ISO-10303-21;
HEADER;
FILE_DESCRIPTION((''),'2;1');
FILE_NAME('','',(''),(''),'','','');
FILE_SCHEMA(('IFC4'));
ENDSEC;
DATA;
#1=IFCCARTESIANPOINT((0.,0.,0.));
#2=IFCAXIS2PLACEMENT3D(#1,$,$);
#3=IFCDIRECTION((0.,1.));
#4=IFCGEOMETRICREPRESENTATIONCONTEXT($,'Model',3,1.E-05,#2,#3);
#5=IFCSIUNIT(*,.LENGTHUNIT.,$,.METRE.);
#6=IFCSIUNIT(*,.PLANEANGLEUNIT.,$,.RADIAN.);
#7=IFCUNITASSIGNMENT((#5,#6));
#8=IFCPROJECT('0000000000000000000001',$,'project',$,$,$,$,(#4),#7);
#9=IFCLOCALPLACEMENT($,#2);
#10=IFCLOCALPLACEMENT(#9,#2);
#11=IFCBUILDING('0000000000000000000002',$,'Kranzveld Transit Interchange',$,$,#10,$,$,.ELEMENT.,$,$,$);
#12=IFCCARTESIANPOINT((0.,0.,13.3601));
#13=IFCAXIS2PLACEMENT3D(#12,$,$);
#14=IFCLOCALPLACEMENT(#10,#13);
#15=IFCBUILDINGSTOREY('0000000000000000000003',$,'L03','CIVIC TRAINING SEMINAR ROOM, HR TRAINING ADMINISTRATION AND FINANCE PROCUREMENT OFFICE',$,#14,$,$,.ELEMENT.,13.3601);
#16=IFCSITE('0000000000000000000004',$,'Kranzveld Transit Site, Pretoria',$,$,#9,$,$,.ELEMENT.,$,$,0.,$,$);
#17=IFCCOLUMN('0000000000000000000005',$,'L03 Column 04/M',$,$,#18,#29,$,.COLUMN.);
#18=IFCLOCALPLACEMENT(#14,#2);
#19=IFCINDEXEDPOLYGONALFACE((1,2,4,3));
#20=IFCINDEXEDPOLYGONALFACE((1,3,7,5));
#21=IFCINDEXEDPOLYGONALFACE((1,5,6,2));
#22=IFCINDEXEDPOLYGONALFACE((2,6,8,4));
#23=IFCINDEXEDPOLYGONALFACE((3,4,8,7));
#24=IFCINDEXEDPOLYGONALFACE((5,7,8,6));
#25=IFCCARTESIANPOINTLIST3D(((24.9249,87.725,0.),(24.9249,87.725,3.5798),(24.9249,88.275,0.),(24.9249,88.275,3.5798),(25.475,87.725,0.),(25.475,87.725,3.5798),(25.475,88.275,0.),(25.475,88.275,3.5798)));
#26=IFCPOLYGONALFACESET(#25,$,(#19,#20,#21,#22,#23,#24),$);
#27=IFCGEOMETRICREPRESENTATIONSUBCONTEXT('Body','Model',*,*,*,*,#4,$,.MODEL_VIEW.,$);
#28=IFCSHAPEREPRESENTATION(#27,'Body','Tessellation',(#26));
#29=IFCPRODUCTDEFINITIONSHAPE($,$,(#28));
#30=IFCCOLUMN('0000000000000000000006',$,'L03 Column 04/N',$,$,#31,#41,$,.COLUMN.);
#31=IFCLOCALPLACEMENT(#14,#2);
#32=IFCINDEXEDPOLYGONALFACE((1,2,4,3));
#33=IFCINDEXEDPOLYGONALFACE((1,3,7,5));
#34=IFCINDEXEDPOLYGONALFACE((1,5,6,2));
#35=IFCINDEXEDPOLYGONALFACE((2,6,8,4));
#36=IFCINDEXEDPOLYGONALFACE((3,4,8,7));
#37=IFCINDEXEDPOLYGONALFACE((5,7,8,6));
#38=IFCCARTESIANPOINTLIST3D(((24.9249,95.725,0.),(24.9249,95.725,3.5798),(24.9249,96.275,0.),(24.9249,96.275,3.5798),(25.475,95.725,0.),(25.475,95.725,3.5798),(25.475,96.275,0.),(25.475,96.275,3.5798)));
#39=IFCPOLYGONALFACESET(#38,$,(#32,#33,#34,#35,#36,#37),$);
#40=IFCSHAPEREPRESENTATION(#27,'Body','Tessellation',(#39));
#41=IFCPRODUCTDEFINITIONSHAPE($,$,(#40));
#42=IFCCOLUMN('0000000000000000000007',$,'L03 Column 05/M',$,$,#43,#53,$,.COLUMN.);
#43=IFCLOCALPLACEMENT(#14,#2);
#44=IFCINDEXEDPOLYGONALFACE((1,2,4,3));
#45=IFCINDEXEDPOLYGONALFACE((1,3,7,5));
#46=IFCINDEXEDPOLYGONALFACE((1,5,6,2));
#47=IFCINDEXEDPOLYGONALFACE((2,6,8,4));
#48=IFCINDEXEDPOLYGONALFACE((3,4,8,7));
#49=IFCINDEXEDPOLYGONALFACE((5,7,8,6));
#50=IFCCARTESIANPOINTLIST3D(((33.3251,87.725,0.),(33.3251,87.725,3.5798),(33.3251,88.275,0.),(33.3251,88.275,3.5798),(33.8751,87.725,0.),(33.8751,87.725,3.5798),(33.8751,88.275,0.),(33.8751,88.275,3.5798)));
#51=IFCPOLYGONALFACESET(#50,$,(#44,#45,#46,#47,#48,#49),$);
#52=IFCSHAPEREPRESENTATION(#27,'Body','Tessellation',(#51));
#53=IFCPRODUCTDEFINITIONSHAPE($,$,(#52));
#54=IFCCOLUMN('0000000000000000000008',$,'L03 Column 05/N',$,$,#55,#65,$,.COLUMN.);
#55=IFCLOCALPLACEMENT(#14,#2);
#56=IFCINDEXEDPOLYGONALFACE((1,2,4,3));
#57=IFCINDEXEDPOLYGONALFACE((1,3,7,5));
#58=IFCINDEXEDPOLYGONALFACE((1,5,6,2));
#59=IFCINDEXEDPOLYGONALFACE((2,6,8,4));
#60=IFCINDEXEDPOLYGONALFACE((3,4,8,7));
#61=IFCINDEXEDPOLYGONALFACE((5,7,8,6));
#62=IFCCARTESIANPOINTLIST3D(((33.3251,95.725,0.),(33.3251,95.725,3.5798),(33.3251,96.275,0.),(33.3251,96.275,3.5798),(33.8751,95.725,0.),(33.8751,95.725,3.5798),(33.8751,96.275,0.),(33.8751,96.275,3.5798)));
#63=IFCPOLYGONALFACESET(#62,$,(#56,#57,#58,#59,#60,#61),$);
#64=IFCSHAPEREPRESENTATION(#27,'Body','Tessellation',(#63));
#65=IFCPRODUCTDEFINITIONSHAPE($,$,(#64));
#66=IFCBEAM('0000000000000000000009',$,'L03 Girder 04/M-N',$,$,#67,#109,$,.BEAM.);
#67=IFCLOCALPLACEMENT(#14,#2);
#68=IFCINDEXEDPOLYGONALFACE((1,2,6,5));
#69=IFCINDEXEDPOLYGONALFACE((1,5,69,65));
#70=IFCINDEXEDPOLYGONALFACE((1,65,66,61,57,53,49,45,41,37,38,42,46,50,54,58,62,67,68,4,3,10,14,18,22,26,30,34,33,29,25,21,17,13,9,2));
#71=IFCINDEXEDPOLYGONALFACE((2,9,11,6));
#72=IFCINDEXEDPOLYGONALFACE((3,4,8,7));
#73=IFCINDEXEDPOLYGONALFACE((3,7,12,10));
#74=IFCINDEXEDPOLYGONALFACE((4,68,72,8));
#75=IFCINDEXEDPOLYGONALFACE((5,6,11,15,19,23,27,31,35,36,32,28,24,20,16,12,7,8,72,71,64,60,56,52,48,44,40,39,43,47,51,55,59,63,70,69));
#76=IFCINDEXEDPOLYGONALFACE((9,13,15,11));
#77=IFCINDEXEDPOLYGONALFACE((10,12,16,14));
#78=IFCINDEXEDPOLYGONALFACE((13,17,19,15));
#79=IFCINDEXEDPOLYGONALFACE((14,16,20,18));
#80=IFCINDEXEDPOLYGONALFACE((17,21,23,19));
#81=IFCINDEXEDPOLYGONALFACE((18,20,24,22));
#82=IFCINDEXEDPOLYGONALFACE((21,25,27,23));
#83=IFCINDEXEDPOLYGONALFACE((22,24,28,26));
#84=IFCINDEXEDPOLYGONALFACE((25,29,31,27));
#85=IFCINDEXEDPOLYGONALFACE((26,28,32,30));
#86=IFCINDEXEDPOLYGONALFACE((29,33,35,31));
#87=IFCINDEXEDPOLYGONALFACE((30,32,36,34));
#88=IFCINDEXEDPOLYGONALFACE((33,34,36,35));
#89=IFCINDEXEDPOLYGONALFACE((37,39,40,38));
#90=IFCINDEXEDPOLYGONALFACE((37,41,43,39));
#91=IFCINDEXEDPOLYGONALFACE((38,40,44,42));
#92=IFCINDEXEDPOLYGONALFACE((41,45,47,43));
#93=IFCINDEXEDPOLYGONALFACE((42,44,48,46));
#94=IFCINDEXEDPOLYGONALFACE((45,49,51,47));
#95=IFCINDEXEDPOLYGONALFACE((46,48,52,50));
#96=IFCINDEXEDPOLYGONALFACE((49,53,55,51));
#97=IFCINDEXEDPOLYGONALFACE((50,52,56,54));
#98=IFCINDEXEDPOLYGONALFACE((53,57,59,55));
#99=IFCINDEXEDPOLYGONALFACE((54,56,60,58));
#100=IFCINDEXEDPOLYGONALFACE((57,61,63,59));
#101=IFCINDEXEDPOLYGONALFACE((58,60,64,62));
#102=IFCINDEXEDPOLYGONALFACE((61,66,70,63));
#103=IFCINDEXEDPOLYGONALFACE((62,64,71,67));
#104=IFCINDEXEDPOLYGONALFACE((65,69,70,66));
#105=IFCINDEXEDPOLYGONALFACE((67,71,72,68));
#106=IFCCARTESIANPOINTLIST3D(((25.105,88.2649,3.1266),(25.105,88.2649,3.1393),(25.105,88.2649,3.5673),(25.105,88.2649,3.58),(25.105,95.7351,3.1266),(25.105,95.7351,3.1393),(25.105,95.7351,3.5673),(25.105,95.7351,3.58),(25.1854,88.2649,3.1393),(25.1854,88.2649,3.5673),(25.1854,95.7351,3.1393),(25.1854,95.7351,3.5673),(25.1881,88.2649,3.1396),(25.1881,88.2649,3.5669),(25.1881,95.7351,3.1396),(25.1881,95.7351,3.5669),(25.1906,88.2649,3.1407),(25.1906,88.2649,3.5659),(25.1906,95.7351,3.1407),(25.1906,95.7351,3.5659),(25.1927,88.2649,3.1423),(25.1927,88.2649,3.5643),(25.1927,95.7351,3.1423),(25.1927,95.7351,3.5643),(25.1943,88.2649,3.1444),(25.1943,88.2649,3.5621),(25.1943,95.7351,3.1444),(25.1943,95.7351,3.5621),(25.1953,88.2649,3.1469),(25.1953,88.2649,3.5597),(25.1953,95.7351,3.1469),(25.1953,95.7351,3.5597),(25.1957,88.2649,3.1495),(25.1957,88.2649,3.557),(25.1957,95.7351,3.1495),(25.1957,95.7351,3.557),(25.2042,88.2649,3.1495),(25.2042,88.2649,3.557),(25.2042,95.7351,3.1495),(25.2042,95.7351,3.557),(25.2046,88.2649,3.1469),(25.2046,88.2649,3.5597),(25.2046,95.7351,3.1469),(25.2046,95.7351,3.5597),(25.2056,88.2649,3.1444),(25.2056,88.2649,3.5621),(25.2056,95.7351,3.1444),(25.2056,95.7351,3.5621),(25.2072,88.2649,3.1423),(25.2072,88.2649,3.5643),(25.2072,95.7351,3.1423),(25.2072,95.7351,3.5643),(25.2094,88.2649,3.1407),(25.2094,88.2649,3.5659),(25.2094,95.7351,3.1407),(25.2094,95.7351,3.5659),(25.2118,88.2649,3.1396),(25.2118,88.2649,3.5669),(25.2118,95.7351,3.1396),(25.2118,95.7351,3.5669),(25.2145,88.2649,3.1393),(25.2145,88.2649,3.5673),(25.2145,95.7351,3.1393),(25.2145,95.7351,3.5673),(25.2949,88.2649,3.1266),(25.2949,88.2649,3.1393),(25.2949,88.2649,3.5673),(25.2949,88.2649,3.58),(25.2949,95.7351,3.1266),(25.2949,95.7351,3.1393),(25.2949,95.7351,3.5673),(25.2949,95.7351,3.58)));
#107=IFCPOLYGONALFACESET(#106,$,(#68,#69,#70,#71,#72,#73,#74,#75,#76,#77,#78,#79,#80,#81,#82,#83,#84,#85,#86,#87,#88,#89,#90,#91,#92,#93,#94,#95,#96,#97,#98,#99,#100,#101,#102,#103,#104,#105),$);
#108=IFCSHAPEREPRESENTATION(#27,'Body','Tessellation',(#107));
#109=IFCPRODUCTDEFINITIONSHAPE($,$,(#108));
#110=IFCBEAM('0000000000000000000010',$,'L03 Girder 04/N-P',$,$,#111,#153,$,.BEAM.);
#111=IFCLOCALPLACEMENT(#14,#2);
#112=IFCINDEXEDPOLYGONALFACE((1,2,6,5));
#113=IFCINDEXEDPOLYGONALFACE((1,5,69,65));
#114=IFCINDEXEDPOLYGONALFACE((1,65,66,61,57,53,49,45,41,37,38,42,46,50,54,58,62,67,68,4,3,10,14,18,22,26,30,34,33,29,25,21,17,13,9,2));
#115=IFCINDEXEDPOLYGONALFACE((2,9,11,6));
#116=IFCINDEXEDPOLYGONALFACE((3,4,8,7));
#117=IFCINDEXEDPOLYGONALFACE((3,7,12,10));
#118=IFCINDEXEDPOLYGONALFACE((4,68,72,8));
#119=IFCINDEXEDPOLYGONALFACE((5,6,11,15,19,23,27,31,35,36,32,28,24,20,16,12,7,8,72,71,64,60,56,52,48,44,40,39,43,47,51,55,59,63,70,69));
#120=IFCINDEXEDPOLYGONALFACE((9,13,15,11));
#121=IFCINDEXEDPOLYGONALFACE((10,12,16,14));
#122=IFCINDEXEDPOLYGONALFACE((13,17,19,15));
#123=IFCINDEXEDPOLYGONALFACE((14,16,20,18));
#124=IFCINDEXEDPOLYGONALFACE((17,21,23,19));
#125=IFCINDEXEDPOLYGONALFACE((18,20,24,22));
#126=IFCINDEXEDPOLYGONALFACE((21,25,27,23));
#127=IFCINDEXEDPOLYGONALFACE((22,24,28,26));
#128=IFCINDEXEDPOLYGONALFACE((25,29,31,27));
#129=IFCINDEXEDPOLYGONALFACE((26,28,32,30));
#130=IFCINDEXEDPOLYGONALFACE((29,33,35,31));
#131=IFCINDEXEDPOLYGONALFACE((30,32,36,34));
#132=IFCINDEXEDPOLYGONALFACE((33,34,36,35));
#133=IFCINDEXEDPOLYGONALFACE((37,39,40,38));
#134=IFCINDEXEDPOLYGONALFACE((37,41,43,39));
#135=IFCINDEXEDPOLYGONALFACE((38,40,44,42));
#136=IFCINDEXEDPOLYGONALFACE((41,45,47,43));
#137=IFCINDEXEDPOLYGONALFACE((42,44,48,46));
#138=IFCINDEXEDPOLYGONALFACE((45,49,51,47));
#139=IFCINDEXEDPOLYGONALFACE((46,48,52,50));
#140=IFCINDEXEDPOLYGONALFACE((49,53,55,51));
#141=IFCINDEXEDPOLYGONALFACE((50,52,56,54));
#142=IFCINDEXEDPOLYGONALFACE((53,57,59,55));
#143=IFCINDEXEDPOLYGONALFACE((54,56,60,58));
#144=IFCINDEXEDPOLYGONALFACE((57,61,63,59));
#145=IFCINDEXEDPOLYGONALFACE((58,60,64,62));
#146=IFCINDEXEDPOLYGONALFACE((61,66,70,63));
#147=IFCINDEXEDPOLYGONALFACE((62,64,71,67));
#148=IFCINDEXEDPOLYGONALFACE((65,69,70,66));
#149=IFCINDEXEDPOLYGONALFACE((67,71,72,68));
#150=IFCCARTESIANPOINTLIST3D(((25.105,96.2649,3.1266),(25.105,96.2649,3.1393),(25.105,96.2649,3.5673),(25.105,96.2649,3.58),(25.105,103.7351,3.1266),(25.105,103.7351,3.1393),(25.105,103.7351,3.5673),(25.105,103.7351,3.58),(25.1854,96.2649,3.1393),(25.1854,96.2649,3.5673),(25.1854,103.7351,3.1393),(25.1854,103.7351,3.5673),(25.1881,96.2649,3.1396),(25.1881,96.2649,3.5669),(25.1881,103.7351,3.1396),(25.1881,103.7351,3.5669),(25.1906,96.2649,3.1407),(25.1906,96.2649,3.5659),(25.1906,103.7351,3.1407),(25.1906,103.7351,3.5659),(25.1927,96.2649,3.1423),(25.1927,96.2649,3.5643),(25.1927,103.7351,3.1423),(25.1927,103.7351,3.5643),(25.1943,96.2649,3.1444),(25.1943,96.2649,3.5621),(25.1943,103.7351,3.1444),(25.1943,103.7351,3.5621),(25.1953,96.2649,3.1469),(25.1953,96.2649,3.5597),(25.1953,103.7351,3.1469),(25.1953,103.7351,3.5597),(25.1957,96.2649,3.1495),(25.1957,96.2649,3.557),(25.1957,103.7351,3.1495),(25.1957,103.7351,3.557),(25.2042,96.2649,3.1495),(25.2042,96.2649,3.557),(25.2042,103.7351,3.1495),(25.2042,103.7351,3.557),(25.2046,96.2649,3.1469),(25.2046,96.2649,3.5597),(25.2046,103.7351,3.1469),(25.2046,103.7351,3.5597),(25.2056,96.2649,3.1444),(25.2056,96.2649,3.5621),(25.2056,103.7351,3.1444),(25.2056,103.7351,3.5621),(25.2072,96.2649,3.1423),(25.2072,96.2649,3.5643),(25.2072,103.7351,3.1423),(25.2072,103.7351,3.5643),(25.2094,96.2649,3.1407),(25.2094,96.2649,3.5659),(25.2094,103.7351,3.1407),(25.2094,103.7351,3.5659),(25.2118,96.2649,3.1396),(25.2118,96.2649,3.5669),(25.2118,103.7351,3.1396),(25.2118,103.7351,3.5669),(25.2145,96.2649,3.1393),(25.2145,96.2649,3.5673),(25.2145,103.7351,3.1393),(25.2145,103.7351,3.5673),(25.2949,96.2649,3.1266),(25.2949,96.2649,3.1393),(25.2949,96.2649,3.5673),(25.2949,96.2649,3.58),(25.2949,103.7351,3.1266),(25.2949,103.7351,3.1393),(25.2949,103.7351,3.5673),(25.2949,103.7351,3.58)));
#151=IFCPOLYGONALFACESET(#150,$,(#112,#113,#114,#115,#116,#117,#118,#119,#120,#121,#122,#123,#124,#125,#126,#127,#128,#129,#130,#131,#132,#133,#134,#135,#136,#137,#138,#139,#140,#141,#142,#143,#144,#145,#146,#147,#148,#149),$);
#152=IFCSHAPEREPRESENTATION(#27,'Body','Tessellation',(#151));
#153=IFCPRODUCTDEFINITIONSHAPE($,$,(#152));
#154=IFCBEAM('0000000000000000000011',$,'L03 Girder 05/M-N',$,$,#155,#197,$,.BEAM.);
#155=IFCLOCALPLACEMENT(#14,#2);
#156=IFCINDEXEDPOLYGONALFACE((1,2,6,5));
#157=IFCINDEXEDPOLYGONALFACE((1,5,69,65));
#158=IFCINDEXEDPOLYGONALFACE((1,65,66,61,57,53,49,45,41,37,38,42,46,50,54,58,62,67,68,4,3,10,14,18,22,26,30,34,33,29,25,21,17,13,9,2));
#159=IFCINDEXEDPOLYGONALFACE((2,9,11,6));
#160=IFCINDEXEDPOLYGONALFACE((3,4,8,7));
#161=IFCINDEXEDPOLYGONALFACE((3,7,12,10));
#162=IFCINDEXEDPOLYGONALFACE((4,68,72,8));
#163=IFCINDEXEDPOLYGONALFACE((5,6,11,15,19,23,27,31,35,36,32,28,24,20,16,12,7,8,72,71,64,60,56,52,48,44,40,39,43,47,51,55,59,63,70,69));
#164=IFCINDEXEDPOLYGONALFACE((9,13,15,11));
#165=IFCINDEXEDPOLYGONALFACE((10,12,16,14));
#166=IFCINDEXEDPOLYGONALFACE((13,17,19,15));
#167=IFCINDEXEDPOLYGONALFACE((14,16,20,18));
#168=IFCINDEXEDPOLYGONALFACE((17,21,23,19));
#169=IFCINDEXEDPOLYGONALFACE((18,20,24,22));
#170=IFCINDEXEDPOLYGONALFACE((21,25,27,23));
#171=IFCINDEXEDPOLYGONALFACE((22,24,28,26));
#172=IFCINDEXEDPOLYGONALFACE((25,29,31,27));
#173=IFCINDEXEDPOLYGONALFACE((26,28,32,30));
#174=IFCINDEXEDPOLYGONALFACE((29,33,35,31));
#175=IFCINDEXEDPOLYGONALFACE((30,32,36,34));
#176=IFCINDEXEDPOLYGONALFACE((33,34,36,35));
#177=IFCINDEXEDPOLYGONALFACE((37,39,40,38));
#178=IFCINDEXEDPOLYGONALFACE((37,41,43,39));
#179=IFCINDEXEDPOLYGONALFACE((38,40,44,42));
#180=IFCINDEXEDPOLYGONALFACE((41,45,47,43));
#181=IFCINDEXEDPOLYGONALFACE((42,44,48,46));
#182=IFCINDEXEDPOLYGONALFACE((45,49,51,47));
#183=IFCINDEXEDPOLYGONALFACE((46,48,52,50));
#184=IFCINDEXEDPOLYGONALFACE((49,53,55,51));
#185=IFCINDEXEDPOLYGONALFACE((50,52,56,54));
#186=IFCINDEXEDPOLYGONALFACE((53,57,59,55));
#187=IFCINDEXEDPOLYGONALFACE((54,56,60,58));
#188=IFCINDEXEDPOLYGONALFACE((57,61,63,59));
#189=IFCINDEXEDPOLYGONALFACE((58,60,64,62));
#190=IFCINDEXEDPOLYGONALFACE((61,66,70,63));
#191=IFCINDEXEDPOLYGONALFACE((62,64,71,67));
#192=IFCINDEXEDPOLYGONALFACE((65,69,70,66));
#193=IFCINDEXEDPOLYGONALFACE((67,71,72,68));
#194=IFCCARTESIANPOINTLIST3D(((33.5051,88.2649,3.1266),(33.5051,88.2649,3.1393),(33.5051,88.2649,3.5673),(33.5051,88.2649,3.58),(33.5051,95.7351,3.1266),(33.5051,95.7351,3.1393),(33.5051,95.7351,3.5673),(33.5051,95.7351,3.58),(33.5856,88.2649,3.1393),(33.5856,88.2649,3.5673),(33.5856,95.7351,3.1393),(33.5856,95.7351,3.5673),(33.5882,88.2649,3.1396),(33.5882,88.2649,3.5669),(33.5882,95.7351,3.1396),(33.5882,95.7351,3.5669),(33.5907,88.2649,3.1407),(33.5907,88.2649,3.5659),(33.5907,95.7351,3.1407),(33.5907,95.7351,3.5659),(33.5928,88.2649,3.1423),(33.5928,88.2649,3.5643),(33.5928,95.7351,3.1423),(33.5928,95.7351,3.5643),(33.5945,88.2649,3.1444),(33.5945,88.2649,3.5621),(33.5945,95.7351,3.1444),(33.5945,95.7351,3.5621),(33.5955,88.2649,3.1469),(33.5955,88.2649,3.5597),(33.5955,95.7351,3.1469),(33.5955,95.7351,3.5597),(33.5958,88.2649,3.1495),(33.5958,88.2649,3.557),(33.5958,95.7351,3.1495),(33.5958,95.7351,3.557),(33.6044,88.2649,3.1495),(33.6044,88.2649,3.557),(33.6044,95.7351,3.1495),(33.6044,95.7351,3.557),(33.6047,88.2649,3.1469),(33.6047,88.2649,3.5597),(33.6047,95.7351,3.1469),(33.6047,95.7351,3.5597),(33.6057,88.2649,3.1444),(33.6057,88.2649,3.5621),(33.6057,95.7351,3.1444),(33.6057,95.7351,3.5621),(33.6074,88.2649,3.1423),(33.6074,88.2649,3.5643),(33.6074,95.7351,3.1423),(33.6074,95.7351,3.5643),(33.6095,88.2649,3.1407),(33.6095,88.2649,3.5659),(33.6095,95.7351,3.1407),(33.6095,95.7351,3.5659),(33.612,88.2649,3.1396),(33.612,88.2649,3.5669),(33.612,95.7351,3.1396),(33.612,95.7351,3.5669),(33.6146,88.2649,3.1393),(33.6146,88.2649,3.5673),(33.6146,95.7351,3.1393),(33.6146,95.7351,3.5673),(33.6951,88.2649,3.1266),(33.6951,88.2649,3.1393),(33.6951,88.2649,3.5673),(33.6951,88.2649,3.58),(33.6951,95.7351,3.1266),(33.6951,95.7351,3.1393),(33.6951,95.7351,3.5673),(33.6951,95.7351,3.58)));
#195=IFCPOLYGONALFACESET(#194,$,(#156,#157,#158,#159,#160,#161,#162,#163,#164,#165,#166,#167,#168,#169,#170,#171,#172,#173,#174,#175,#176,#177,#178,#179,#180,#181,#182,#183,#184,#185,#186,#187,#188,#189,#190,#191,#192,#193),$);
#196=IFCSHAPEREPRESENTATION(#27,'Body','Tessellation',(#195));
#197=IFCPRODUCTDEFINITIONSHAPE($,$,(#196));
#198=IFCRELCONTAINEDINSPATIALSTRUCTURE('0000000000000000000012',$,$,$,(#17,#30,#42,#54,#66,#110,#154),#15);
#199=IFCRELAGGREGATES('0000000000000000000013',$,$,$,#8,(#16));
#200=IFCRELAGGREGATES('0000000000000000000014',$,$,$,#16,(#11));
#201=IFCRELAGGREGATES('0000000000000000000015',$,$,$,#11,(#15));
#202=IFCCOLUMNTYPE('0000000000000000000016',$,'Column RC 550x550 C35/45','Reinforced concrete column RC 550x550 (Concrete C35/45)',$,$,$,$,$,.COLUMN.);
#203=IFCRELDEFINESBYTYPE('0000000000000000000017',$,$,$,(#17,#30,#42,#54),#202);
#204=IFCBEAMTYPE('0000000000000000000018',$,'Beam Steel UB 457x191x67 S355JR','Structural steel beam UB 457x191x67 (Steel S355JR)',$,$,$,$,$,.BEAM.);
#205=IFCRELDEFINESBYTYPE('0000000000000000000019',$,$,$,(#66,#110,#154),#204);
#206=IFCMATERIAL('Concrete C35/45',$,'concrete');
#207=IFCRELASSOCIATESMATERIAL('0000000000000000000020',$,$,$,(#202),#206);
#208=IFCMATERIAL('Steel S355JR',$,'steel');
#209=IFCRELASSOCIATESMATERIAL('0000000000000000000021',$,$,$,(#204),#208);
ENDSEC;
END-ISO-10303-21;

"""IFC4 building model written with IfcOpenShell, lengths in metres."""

from ifc_helpers import new_model, si_unit, direction, frame, origin, origin_2d, place, context, subcontext, project, spatial, rectangle, i_section, extrude, material, material_profile, profile_set, type_object, element, save


model = new_model("IFC4")

# Units and contexts
model_context = context("Model", 3, precision=1e-05, world=origin(), true_north=direction((0.0, 1.0)))
body_context = subcontext(model_context, "Body", "Model", "MODEL_VIEW")
ifc_project = project(units=[si_unit("LENGTHUNIT", "METRE"), si_unit("PLANEANGLEUNIT", "RADIAN")], contexts=[model_context])

# Site, building, storey
site_placement = place(None, origin())
site = spatial("IfcSite", under=ifc_project, at=site_placement, Name="Kranzveld Transit Site, Pretoria", CompositionType="ELEMENT", RefElevation=0.0)
building_placement = place(site_placement, origin())
building = spatial("IfcBuilding", under=site, at=building_placement, Name="Kranzveld Transit Interchange", CompositionType="ELEMENT")
storey_placement = place(building_placement, frame((0.0, 0.0, 13.3601)))
storey = spatial("IfcBuildingStorey", under=building, at=storey_placement, Name="L03", Description="CIVIC TRAINING SEMINAR ROOM, HR TRAINING ADMINISTRATION AND FINANCE PROCUREMENT OFFICE", CompositionType="ELEMENT", Elevation=13.3601)

# Columns
ifc_material_1 = material(Name="Concrete C35/45", Category="concrete")
ifc_material_profile_1 = material_profile(ifc_material_1, rectangle(XDim=0.55, YDim=0.55, at=origin_2d()), Name="RC 550x550")
ifc_profile_set_1 = profile_set([ifc_material_profile_1], Name="Concrete C35/45")
column_type = type_object("IfcColumnType", Name="Column RC 550x550 C35/45", Description="Reinforced concrete column RC 550x550 (Concrete C35/45)", PredefinedType="COLUMN", material=ifc_profile_set_1)
for number, where, z_axis, x_axis, name in (
    (1, (25.2, 88.0, 0.0), (0.0, 0.0, 1.0), (1.0, 0.0, 0.0), "L03 Column 04/M"),
    (2, (25.2, 96.0, 0.0), (0.0, 0.0, 1.0), (1.0, 0.0, 0.0), "L03 Column 04/N"),
    (3, (33.6001, 88.0, 0.0), (0.0, 0.0, 1.0), (1.0, 0.0, 0.0), "L03 Column 05/M"),
    (4, (33.6001, 96.0, 0.0), (0.0, 0.0, 1.0), (1.0, 0.0, 0.0), "L03 Column 05/N"),
):
    element("IfcColumn", number, at=place(storey_placement, frame(where, z_axis=z_axis, x_axis=x_axis)), inside=storey, type_object=column_type, Name=name, PredefinedType="COLUMN", context=body_context, shape_type="SweptSolid", body=[
        extrude(rectangle(XDim=0.55, YDim=0.55, at=origin_2d()), origin(), (0.0, 0.0, 1.0), 3.5798),
    ])

# Beams
ifc_material_2 = material(Name="Steel S355JR", Category="steel")
ifc_material_profile_2 = material_profile(ifc_material_2, i_section(OverallWidth=0.1899, OverallDepth=0.4534, WebThickness=0.0085, FlangeThickness=0.0127, FilletRadius=0.0103, at=origin_2d()), Name="UB 457x191x67")
ifc_profile_set_2 = profile_set([ifc_material_profile_2], Name="Steel S355JR")
beam_type_1 = type_object("IfcBeamType", Name="Beam Steel UB 457x191x67 S355JR", Description="Structural steel beam UB 457x191x67 (Steel S355JR)", PredefinedType="BEAM", material=ifc_profile_set_2)
for number, where, z_axis, x_axis, name in (
    (5, (25.2, 88.2649, 3.3533), (0.0, 1.0, 0.0), (-1.0, 0.0, 0.0), "L03 Girder 04/M-N"),
    (6, (25.2, 96.2649, 3.3533), (0.0, 1.0, 0.0), (-1.0, 0.0, 0.0), "L03 Girder 04/N-P"),
    (7, (33.6001, 88.2649, 3.3533), (0.0, 1.0, 0.0), (-1.0, 0.0, 0.0), "L03 Girder 05/M-N"),
):
    element("IfcBeam", number, at=place(storey_placement, frame(where, z_axis=z_axis, x_axis=x_axis)), inside=storey, type_object=beam_type_1, Name=name, PredefinedType="BEAM", context=body_context, shape_type="SweptSolid", body=[
        extrude(i_section(OverallWidth=0.1899, OverallDepth=0.4534, WebThickness=0.0085, FlangeThickness=0.0127, FilletRadius=0.0103, at=origin_2d()), origin(), (0.0, 0.0, 1.0), 7.4702),
    ])

save(model, "model.ifc")
